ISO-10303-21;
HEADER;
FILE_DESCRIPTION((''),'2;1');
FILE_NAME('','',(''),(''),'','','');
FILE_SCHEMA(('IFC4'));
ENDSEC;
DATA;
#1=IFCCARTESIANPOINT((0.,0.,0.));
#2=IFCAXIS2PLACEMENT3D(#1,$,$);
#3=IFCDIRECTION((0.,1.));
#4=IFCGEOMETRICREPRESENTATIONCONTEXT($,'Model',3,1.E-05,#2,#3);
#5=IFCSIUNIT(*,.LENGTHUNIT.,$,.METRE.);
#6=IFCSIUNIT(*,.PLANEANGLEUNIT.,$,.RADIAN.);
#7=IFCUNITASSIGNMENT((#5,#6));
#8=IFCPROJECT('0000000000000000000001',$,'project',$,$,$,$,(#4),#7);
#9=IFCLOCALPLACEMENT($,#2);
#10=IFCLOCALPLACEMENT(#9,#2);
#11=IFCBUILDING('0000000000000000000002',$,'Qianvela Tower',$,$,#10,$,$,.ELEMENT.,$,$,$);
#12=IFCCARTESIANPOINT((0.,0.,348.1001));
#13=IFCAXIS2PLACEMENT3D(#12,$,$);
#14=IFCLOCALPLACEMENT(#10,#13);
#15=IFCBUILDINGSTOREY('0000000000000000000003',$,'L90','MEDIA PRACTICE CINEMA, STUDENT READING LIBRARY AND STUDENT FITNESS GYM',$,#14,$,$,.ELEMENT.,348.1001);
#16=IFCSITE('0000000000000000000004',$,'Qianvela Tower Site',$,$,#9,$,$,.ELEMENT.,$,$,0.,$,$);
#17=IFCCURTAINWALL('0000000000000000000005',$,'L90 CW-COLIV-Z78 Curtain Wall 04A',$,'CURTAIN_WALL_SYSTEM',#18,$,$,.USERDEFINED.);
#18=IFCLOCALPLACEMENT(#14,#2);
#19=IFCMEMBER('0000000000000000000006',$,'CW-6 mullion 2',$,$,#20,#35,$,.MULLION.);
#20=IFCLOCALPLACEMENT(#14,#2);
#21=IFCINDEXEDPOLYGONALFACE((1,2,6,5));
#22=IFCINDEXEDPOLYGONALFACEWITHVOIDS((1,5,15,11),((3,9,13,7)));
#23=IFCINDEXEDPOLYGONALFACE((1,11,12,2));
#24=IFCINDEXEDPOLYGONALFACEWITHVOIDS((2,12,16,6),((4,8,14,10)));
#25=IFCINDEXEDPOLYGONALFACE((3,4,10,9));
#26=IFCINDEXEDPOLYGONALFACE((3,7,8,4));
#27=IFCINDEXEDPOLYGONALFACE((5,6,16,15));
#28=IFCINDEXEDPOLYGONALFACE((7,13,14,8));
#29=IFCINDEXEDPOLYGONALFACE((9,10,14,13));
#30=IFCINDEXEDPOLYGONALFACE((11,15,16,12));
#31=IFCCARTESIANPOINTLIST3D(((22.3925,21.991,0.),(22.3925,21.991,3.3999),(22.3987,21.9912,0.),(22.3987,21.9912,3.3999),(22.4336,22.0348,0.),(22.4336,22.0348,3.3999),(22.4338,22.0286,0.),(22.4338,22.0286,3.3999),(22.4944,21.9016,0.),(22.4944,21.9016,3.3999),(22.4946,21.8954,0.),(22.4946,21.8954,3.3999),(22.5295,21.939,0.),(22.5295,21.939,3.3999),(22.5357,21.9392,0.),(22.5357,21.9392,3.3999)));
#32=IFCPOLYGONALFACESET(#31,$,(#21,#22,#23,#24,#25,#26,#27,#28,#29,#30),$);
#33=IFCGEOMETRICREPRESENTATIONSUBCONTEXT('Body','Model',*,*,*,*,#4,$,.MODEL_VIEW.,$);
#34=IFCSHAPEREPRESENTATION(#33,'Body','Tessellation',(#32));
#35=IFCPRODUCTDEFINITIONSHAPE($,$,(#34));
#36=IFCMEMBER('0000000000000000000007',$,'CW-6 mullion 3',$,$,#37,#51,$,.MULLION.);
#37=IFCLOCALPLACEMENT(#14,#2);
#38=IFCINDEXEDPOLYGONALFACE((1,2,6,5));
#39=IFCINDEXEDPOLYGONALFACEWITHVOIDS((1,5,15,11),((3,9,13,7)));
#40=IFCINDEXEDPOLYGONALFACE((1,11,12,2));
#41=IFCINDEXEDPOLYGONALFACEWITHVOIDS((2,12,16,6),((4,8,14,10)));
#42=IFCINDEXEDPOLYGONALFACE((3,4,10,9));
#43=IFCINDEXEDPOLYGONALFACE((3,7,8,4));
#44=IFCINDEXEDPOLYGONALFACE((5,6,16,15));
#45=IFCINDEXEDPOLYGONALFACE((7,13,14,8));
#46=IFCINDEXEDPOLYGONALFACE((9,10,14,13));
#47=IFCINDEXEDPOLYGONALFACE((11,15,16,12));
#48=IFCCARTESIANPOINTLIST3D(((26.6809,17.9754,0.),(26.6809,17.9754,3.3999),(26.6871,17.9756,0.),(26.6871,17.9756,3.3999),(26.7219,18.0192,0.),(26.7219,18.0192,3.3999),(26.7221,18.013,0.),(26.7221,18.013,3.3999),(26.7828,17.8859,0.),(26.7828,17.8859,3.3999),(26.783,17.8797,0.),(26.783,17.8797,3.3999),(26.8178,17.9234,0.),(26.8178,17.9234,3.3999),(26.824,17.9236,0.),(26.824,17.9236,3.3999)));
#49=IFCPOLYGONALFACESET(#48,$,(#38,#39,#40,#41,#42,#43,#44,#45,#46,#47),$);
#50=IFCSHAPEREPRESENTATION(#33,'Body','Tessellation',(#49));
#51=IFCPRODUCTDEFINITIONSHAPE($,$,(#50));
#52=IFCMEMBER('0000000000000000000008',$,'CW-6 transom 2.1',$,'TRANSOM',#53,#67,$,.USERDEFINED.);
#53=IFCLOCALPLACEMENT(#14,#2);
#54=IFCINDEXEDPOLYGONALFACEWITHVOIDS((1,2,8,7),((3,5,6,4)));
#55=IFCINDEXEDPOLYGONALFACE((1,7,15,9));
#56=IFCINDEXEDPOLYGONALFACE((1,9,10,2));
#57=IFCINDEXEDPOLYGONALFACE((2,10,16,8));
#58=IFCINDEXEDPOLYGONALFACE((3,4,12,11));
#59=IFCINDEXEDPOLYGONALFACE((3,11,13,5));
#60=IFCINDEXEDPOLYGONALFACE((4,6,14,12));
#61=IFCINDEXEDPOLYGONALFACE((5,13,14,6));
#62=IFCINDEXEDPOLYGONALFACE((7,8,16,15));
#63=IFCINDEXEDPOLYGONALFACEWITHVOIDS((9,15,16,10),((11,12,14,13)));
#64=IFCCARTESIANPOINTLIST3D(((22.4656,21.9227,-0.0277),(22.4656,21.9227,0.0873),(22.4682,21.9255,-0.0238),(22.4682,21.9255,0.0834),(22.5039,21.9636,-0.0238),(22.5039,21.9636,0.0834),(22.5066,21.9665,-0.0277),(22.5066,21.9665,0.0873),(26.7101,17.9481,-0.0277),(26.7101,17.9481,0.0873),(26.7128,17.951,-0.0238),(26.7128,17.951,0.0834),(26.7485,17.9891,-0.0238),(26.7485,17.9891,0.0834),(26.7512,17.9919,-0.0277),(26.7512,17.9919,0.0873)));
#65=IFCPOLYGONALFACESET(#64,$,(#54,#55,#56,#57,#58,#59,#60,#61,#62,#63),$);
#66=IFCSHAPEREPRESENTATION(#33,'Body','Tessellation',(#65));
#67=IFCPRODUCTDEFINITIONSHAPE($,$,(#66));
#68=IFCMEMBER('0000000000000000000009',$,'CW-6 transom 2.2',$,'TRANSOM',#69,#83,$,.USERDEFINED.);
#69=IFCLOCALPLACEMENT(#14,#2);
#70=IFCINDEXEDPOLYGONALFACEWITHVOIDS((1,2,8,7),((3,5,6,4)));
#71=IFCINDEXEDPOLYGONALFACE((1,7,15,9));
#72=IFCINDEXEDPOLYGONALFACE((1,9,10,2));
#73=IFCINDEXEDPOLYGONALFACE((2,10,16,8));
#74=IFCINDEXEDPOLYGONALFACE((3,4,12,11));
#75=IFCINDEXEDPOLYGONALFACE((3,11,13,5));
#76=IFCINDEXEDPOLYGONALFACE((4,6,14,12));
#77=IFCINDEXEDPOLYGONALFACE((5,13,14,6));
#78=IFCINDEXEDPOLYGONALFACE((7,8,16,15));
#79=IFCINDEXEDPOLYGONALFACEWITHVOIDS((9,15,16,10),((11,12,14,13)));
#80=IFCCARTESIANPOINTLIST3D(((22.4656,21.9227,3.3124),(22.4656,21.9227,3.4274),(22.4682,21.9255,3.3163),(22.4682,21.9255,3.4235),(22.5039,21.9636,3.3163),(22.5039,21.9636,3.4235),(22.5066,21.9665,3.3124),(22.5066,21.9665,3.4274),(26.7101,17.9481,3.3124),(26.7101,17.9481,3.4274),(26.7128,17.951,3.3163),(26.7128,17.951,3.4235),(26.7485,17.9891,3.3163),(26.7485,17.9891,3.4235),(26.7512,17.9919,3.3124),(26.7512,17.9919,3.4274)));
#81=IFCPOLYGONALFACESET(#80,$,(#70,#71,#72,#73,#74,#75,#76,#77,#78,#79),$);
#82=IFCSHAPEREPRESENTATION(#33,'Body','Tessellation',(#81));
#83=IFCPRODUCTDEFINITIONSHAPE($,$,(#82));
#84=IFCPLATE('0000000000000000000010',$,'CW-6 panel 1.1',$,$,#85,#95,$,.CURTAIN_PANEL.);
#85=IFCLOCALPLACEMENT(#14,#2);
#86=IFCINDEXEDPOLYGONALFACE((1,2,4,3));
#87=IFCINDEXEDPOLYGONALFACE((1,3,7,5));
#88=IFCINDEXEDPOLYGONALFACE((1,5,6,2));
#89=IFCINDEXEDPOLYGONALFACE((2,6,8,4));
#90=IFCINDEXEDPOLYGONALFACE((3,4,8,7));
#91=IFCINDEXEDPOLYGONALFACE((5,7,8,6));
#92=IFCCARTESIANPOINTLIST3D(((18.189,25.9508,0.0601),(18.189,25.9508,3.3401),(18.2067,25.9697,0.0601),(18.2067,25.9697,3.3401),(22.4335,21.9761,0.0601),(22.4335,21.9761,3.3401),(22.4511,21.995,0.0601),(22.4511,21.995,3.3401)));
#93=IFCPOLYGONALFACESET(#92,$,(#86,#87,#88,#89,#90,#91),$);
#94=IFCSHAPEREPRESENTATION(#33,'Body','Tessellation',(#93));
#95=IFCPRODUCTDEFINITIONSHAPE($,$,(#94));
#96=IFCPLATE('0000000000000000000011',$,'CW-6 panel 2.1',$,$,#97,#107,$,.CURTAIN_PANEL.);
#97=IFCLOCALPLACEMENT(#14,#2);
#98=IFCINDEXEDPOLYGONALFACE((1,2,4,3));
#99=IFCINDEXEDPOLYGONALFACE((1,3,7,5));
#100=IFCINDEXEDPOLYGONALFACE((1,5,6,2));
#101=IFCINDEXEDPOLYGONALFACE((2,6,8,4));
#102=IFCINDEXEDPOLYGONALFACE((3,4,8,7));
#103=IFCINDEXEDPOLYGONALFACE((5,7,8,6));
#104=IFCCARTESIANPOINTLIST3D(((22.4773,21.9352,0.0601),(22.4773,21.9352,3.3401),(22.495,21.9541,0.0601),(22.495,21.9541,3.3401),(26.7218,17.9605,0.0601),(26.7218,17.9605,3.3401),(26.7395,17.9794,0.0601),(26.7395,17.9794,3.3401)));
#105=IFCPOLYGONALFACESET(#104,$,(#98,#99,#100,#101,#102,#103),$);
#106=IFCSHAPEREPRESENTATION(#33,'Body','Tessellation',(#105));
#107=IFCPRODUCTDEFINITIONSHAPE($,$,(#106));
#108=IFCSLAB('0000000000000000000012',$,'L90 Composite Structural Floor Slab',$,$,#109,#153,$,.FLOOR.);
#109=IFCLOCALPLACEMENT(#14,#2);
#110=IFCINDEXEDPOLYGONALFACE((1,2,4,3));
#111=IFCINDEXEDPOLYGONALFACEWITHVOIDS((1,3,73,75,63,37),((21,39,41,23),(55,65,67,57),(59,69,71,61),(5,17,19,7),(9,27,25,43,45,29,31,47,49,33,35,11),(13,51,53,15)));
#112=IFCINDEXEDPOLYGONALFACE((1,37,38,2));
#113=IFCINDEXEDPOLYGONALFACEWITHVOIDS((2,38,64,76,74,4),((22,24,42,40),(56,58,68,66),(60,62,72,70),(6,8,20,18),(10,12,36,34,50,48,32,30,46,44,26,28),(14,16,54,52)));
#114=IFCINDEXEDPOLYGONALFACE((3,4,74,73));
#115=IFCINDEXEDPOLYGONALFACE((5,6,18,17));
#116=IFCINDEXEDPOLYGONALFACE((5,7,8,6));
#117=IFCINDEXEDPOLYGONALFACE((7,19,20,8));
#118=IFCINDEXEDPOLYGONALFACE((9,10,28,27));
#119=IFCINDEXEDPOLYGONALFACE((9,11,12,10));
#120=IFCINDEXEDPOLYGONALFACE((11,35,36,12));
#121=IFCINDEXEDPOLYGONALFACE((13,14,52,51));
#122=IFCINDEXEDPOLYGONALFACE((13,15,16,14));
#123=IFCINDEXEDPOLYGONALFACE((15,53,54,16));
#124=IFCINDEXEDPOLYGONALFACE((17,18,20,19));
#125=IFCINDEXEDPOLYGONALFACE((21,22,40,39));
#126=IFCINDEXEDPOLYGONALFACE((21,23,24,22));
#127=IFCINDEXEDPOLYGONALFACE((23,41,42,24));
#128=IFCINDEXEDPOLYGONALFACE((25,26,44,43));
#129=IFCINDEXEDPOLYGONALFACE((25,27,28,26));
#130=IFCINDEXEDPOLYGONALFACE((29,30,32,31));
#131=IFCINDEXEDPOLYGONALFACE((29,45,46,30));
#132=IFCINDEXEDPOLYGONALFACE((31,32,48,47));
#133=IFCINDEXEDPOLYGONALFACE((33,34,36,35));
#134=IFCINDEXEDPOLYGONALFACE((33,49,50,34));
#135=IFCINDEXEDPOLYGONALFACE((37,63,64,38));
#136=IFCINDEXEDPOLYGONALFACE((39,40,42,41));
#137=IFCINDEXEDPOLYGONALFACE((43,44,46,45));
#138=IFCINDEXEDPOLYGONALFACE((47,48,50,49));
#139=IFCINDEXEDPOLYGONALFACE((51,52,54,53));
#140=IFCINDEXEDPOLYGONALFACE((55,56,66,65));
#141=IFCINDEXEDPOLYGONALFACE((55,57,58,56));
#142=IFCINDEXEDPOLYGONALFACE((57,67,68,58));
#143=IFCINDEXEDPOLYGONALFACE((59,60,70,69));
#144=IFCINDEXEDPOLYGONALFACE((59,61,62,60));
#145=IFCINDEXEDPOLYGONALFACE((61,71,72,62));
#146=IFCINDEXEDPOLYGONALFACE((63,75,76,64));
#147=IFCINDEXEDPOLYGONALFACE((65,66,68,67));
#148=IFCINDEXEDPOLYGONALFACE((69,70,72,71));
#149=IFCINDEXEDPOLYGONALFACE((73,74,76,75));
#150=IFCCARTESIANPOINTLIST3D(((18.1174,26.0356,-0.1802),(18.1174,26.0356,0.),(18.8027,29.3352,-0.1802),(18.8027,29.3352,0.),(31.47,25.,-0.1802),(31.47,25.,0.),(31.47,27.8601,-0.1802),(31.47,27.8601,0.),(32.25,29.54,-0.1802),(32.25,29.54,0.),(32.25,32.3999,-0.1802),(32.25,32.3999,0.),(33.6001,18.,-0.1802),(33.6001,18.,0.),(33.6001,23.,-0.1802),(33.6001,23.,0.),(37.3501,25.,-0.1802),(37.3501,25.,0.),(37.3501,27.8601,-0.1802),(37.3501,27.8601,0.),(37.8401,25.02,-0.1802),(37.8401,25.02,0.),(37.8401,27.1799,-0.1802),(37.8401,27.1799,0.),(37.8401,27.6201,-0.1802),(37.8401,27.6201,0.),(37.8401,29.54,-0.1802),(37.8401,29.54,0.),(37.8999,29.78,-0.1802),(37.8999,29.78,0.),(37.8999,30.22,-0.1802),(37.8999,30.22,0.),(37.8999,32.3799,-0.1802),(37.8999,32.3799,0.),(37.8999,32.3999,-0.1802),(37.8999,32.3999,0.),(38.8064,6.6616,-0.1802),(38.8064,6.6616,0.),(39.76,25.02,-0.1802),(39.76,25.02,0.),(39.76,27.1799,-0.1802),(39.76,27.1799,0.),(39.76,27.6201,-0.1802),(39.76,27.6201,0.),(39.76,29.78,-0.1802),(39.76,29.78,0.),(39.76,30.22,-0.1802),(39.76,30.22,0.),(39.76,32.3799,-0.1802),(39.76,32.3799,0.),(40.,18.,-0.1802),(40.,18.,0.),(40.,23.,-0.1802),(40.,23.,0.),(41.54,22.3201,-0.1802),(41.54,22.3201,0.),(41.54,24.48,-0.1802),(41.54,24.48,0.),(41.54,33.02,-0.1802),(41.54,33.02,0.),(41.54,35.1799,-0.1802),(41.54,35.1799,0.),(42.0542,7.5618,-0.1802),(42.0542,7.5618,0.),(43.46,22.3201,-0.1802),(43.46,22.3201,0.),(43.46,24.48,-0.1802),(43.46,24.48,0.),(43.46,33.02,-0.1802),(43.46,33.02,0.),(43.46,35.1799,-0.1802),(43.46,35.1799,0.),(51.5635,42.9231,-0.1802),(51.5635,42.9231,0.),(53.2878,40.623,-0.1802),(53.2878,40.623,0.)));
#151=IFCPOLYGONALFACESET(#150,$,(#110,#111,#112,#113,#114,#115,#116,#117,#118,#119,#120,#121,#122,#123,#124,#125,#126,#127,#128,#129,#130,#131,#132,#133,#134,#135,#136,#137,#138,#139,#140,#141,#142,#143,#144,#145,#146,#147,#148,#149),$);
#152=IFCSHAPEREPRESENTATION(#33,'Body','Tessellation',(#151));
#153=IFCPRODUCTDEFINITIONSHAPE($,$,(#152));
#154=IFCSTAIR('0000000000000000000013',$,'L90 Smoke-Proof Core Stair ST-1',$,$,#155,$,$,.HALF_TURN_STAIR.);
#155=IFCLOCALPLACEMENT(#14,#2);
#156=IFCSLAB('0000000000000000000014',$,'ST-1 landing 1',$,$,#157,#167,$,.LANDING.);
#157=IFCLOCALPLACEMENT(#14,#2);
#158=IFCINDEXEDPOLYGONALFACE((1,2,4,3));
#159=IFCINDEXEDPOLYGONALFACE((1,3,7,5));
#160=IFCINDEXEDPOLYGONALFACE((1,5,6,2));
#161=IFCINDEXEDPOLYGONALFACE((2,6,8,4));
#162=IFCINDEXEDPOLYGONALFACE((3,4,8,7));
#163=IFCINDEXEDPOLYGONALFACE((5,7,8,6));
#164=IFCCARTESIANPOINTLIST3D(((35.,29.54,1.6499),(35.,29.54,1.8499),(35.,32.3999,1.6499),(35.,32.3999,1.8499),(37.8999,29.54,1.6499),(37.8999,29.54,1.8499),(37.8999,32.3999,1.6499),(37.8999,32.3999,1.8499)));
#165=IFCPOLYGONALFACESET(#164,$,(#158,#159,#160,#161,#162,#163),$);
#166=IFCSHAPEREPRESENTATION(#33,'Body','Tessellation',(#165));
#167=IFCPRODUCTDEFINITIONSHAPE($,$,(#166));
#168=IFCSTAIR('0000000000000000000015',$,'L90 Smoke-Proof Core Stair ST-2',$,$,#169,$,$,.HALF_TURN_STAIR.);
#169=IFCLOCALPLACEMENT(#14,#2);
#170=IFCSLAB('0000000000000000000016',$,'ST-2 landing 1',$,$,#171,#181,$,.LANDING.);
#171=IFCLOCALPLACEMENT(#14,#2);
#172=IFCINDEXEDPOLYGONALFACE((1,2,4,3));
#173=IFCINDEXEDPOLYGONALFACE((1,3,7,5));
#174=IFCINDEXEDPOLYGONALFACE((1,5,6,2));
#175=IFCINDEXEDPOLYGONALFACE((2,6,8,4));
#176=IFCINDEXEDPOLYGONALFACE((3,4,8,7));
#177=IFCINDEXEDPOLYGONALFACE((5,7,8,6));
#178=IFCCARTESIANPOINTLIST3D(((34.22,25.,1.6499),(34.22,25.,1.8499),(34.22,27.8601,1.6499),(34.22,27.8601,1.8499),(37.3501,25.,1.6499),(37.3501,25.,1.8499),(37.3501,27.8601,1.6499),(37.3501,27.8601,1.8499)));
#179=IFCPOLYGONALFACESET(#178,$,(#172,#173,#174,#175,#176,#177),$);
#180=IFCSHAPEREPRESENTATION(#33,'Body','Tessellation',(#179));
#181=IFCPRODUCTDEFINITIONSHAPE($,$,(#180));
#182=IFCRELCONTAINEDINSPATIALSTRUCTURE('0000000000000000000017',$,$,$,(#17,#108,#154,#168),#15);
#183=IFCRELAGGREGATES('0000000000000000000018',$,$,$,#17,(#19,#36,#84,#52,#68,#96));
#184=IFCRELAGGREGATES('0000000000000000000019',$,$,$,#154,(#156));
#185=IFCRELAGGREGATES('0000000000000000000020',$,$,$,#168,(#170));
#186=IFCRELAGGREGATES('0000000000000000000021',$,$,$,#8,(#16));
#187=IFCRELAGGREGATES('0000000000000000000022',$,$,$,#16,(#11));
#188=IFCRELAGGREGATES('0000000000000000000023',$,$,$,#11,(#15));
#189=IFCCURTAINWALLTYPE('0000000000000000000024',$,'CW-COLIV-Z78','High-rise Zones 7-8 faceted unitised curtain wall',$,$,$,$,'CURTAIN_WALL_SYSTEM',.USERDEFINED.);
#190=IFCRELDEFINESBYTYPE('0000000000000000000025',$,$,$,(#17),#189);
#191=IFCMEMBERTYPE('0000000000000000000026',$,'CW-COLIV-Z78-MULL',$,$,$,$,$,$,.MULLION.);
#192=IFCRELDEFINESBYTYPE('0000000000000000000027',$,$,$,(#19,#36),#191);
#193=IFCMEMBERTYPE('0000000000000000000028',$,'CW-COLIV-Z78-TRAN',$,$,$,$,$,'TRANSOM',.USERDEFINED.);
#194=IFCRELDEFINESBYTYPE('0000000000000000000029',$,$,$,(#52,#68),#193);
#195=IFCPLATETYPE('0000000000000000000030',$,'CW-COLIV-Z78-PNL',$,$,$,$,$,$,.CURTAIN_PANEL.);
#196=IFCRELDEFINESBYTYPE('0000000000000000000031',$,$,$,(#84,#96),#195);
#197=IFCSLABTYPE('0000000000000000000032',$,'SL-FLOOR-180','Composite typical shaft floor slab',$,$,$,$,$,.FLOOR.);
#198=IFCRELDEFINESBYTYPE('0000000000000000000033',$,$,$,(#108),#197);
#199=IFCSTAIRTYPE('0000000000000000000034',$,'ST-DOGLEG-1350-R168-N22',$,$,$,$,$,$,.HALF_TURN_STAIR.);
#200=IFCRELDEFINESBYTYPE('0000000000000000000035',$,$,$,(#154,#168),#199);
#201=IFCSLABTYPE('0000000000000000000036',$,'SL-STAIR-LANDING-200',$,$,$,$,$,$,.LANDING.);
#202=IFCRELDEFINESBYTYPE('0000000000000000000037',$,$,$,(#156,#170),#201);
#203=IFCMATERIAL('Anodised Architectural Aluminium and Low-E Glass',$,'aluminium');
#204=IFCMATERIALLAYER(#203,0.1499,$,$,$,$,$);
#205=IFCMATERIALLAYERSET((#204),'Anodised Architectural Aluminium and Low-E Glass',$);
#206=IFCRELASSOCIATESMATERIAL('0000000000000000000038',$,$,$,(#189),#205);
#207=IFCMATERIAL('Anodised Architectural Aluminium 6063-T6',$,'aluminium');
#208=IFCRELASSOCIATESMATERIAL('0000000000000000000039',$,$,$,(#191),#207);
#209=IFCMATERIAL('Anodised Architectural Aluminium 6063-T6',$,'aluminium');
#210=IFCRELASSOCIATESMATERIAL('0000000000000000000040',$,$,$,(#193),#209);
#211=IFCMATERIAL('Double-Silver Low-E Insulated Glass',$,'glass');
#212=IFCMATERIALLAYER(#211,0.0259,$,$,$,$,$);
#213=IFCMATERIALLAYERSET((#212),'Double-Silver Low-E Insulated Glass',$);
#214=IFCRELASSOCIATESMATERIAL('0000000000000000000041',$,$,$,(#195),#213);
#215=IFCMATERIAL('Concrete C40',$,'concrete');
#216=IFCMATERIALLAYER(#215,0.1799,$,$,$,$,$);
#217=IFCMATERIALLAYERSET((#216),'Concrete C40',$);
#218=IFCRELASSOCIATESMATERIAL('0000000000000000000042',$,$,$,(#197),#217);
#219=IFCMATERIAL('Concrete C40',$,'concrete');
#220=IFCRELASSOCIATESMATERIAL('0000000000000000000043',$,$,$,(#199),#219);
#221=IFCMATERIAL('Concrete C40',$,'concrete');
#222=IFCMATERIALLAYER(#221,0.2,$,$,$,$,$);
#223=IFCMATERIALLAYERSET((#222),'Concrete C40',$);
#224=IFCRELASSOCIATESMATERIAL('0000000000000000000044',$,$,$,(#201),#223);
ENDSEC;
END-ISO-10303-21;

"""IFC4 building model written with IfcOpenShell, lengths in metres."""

from ifc_helpers import new_model, si_unit, direction, frame, origin, origin_2d, place, context, subcontext, project, spatial, polyline, rectangle, hollow_rectangle, outline, extrude, material, layer, layer_set, material_profile, profile_set, type_object, element, aggregate, save


model = new_model("IFC4")

# Units and contexts
model_context = context("Model", 3, precision=1e-05, world=origin(), true_north=direction((0.0, 1.0)))
body_context = subcontext(model_context, "Body", "Model", "MODEL_VIEW")
ifc_project = project(units=[si_unit("LENGTHUNIT", "METRE"), si_unit("PLANEANGLEUNIT", "RADIAN")], contexts=[model_context])

# Site, building, storey
site_placement = place(None, origin())
site = spatial("IfcSite", under=ifc_project, at=site_placement, Name="Qianvela Tower Site", CompositionType="ELEMENT", RefElevation=0.0)
building_placement = place(site_placement, origin())
building = spatial("IfcBuilding", under=site, at=building_placement, Name="Qianvela Tower", CompositionType="ELEMENT")
storey_placement = place(building_placement, frame((0.0, 0.0, 348.1001)))
storey = spatial("IfcBuildingStorey", under=building, at=storey_placement, Name="L90", Description="MEDIA PRACTICE CINEMA, STUDENT READING LIBRARY AND STUDENT FITNESS GYM", CompositionType="ELEMENT", Elevation=348.1001)

# Curtain wall, members, plates
ifc_material_1 = material(Name="Anodised Architectural Aluminium and Low-E Glass", Category="aluminium")
ifc_layer_1 = layer(ifc_material_1, 0.1499)
ifc_layer_set_1 = layer_set([ifc_layer_1], Name="Anodised Architectural Aluminium and Low-E Glass")
curtain_wall_type = type_object("IfcCurtainWallType", Name="CW-COLIV-Z78", Description="High-rise Zones 7-8 faceted unitised curtain wall", ElementType="CURTAIN_WALL_SYSTEM", PredefinedType="USERDEFINED", material=ifc_layer_set_1)
curtain_wall_placement = place(storey_placement, origin())
curtain_wall = element("IfcCurtainWall", 1, at=curtain_wall_placement, inside=storey, type_object=curtain_wall_type, Name="L90 CW-COLIV-Z78 Curtain Wall 04A", ObjectType="CURTAIN_WALL_SYSTEM", PredefinedType="USERDEFINED")
ifc_material_2 = material(Name="Anodised Architectural Aluminium 6063-T6", Category="aluminium")
ifc_material_profile_1 = material_profile(ifc_material_2, hollow_rectangle(XDim=0.0601, YDim=0.1399, WallThickness=0.0044, at=origin_2d()), Name="ALU-MULL-60x140")
ifc_profile_set_1 = profile_set([ifc_material_profile_1], Name="Anodised Architectural Aluminium 6063-T6")
member_type_1 = type_object("IfcMemberType", Name="CW-COLIV-Z78-MULL", PredefinedType="MULLION", material=ifc_profile_set_1)
member_1_placement = place(storey_placement, frame((22.4641, 21.9651, 0.0), z_axis=(0.0, 0.0, 1.0), x_axis=(0.68353, 0.729923, 0.0)))
member_1 = element("IfcMember", 2, at=member_1_placement, type_object=member_type_1, Name="CW-6 mullion 2", PredefinedType="MULLION", context=body_context, shape_type="SweptSolid", body=[
    extrude(hollow_rectangle(XDim=0.0601, YDim=0.1399, WallThickness=0.0044, at=origin_2d()), origin(), (0.0, 0.0, 1.0), 3.3999),
])
member_2_placement = place(storey_placement, frame((26.7524, 17.9495, 0.0), z_axis=(0.0, 0.0, 1.0), x_axis=(0.68353, 0.729923, 0.0)))
member_2 = element("IfcMember", 3, at=member_2_placement, type_object=member_type_1, Name="CW-6 mullion 3", PredefinedType="MULLION", context=body_context, shape_type="SweptSolid", body=[
    extrude(hollow_rectangle(XDim=0.0601, YDim=0.1399, WallThickness=0.0044, at=origin_2d()), origin(), (0.0, 0.0, 1.0), 3.3999),
])
ifc_material_3 = material(Name="Anodised Architectural Aluminium 6063-T6", Category="aluminium")
ifc_material_profile_2 = material_profile(ifc_material_3, hollow_rectangle(XDim=0.0601, YDim=0.115, WallThickness=0.0039, at=origin_2d()), Name="ALU-TRAN-60x115")
ifc_profile_set_2 = profile_set([ifc_material_profile_2], Name="Anodised Architectural Aluminium 6063-T6")
member_type_2 = type_object("IfcMemberType", Name="CW-COLIV-Z78-TRAN", ElementType="TRANSOM", PredefinedType="USERDEFINED", material=ifc_profile_set_2)
member_3_placement = place(storey_placement, frame((22.4861, 21.9446, 0.0298), z_axis=(0.729943, -0.683508, 0.0), x_axis=(0.683508, 0.729943, 0.0)))
member_3 = element("IfcMember", 4, at=member_3_placement, type_object=member_type_2, Name="CW-6 transom 2.1", ObjectType="TRANSOM", PredefinedType="USERDEFINED", context=body_context, shape_type="SweptSolid", body=[
    extrude(hollow_rectangle(XDim=0.0601, YDim=0.115, WallThickness=0.0039, at=origin_2d()), origin(), (0.0, 0.0, 1.0), 5.8149),
])
member_4_placement = place(storey_placement, frame((22.4861, 21.9446, 3.3699), z_axis=(0.729943, -0.683508, 0.0), x_axis=(0.683508, 0.729943, 0.0)))
member_4 = element("IfcMember", 5, at=member_4_placement, type_object=member_type_2, Name="CW-6 transom 2.2", ObjectType="TRANSOM", PredefinedType="USERDEFINED", context=body_context, shape_type="SweptSolid", body=[
    extrude(hollow_rectangle(XDim=0.0601, YDim=0.115, WallThickness=0.0039, at=origin_2d()), origin(), (0.0, 0.0, 1.0), 5.8149),
])
ifc_material_4 = material(Name="Double-Silver Low-E Insulated Glass", Category="glass")
ifc_layer_2 = layer(ifc_material_4, 0.0259)
ifc_layer_set_2 = layer_set([ifc_layer_2], Name="Double-Silver Low-E Insulated Glass")
plate_type = type_object("IfcPlateType", Name="CW-COLIV-Z78-PNL", PredefinedType="CURTAIN_PANEL", material=ifc_layer_set_2)
plate_1_placement = place(storey_placement, frame((20.3201, 23.9729, 0.0601), z_axis=(0.0, 0.0, 1.0), x_axis=(0.729923, -0.68353, 0.0)))
plate_1 = element("IfcPlate", 6, at=plate_1_placement, type_object=plate_type, Name="CW-6 panel 1.1", PredefinedType="CURTAIN_PANEL", context=body_context, shape_type="SweptSolid", body=[
    extrude(rectangle(XDim=5.8149, YDim=0.0259, at=origin_2d()), origin(), (0.0, 0.0, 1.0), 3.28),
])
plate_2_placement = place(storey_placement, frame((24.6084, 19.9573, 0.0601), z_axis=(0.0, 0.0, 1.0), x_axis=(0.729923, -0.68353, 0.0)))
plate_2 = element("IfcPlate", 7, at=plate_2_placement, type_object=plate_type, Name="CW-6 panel 2.1", PredefinedType="CURTAIN_PANEL", context=body_context, shape_type="SweptSolid", body=[
    extrude(rectangle(XDim=5.8149, YDim=0.0259, at=origin_2d()), origin(), (0.0, 0.0, 1.0), 3.28),
])
aggregate(curtain_wall, [member_1, member_2, plate_1, member_3, member_4, plate_2])

# Slab
ifc_material_5 = material(Name="Concrete C40", Category="concrete")
ifc_layer_3 = layer(ifc_material_5, 0.1799)
ifc_layer_set_3 = layer_set([ifc_layer_3], Name="Concrete C40")
slab_type_1 = type_object("IfcSlabType", Name="SL-FLOOR-180", Description="Composite typical shaft floor slab", PredefinedType="FLOOR", material=ifc_layer_set_3)
slab_1_placement = place(storey_placement, frame((0.0, 0.0, -0.1802)))
element("IfcSlab", 8, at=slab_1_placement, inside=storey, type_object=slab_type_1, Name="L90 Composite Structural Floor Slab", PredefinedType="FLOOR", context=body_context, shape_type="SweptSolid", body=[
    extrude(outline(polyline([(53.2878, 40.623), (51.5635, 42.9231), (18.8027, 29.3352), (18.1174, 26.0356), (38.8064, 6.6616), (42.0542, 7.5618), (53.2878, 40.623)]), holes=[polyline([(40.0, 23.0), (33.6001, 23.0), (33.6001, 18.0), (40.0, 18.0), (40.0, 23.0)]), polyline([(43.46, 24.48), (41.54, 24.48), (41.54, 22.3201), (43.46, 22.3201), (43.46, 24.48)]), polyline([(39.76, 27.1799), (37.8401, 27.1799), (37.8401, 25.02), (39.76, 25.02), (39.76, 27.1799)]), polyline([(37.3501, 27.8601), (31.47, 27.8601), (31.47, 25.0), (37.3501, 25.0), (37.3501, 27.8601)]), polyline([(39.76, 27.6201), (39.76, 29.78), (37.8999, 29.78), (37.8999, 30.22), (39.76, 30.22), (39.76, 32.3799), (37.8999, 32.3799), (37.8999, 32.3999), (32.25, 32.3999), (32.25, 29.54), (37.8401, 29.54), (37.8401, 27.6201), (39.76, 27.6201)]), polyline([(43.46, 35.1799), (41.54, 35.1799), (41.54, 33.02), (43.46, 33.02), (43.46, 35.1799)])]), origin(), (0.0, 0.0, 1.0), 0.1802),
])

# Stairs, slabs
ifc_material_6 = material(Name="Concrete C40", Category="concrete")
stair_type = type_object("IfcStairType", Name="ST-DOGLEG-1350-R168-N22", PredefinedType="HALF_TURN_STAIR", material=ifc_material_6)
stair_1_placement = place(storey_placement, origin())
stair_1 = element("IfcStair", 9, at=stair_1_placement, inside=storey, type_object=stair_type, Name="L90 Smoke-Proof Core Stair ST-1", PredefinedType="HALF_TURN_STAIR")
ifc_material_7 = material(Name="Concrete C40", Category="concrete")
ifc_layer_4 = layer(ifc_material_7, 0.2)
ifc_layer_set_4 = layer_set([ifc_layer_4], Name="Concrete C40")
slab_type_2 = type_object("IfcSlabType", Name="SL-STAIR-LANDING-200", PredefinedType="LANDING", material=ifc_layer_set_4)
slab_2_placement = place(storey_placement, frame((0.0, 0.0, 1.6499)))
slab_2 = element("IfcSlab", 10, at=slab_2_placement, type_object=slab_type_2, Name="ST-1 landing 1", PredefinedType="LANDING", context=body_context, shape_type="SweptSolid", body=[
    extrude(outline(polyline([(35.0, 29.54), (37.8999, 29.54), (37.8999, 32.3999), (35.0, 32.3999), (35.0, 29.54)])), origin(), (0.0, 0.0, 1.0), 0.2),
])
aggregate(stair_1, [slab_2])
stair_2_placement = place(storey_placement, origin())
stair_2 = element("IfcStair", 11, at=stair_2_placement, inside=storey, type_object=stair_type, Name="L90 Smoke-Proof Core Stair ST-2", PredefinedType="HALF_TURN_STAIR")
slab_3_placement = place(storey_placement, frame((0.0, 0.0, 1.6499)))
slab_3 = element("IfcSlab", 12, at=slab_3_placement, type_object=slab_type_2, Name="ST-2 landing 1", PredefinedType="LANDING", context=body_context, shape_type="SweptSolid", body=[
    extrude(outline(polyline([(34.22, 25.0), (37.3501, 25.0), (37.3501, 27.8601), (34.22, 27.8601), (34.22, 25.0)])), origin(), (0.0, 0.0, 1.0), 0.2),
])
aggregate(stair_2, [slab_3])

save(model, "model.ifc")
